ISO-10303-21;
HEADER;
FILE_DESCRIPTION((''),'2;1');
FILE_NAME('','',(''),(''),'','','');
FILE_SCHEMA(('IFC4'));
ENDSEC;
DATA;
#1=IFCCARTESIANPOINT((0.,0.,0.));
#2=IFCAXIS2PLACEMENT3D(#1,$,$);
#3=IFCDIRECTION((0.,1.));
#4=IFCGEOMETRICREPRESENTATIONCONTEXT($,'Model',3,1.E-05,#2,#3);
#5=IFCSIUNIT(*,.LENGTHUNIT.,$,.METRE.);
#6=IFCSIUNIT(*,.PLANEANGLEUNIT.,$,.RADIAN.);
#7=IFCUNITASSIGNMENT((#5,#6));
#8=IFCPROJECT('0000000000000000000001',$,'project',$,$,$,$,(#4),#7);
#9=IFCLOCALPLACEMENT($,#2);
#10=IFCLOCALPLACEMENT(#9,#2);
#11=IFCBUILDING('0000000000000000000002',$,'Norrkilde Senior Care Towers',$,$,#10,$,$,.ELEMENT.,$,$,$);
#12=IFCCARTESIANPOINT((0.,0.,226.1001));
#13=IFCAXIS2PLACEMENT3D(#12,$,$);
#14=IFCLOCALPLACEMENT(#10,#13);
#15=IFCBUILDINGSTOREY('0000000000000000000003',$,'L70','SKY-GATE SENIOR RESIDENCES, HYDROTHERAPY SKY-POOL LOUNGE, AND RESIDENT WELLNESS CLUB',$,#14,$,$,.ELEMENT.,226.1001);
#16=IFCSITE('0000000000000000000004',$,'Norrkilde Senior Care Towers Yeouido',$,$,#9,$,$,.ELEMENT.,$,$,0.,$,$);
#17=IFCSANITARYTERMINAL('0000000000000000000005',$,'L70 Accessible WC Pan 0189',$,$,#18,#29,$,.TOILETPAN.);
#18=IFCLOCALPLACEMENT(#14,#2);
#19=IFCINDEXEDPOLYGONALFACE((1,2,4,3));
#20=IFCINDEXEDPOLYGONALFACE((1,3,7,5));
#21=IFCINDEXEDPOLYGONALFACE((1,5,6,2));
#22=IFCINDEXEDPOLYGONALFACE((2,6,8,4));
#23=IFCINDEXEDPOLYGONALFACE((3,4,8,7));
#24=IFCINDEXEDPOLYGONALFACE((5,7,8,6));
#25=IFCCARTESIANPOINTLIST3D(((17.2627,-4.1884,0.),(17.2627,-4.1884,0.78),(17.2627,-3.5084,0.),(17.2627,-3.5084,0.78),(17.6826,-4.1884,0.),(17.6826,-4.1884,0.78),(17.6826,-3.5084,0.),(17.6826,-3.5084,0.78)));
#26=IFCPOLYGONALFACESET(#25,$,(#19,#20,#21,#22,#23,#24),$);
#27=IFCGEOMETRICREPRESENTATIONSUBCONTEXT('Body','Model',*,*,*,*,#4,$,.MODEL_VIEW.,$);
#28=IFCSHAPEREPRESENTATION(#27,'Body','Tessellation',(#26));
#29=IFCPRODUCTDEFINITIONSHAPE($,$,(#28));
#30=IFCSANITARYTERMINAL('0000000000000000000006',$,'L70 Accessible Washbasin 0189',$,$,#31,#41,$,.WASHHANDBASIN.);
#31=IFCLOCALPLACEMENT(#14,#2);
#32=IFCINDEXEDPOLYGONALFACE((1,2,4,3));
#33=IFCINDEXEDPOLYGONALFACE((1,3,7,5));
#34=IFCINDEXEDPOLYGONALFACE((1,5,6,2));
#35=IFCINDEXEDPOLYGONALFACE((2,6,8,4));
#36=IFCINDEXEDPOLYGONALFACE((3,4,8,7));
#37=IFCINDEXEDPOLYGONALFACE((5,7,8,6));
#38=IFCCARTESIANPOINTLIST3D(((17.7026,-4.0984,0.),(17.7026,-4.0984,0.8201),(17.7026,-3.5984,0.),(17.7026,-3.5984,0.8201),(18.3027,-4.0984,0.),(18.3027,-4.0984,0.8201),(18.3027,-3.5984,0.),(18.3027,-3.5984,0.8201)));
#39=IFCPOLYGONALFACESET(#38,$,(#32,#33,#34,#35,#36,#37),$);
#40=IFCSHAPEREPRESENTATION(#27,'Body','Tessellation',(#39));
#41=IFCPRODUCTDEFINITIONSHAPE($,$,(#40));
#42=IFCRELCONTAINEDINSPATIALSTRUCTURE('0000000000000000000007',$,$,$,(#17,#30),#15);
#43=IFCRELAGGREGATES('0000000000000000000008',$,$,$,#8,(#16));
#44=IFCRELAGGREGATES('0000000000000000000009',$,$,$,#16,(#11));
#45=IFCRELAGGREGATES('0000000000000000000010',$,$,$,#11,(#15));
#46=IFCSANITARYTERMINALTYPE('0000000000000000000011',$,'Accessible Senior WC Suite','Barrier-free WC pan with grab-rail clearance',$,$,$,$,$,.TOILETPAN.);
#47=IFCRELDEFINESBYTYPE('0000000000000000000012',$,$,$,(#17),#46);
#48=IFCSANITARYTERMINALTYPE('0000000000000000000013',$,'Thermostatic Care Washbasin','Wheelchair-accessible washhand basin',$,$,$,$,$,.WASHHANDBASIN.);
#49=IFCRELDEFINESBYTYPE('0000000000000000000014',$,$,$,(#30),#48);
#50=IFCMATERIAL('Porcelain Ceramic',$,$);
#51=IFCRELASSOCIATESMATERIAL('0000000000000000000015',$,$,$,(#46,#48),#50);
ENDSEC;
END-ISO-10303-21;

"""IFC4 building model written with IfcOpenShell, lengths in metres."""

from ifc_helpers import new_model, si_unit, direction, frame, origin, origin_2d, place, context, subcontext, project, spatial, rectangle, extrude, source, transform, mapped, material, type_object, type_shapes, element, save


model = new_model("IFC4")

# Units and contexts
model_context = context("Model", 3, precision=1e-05, world=origin(), true_north=direction((0.0, 1.0)))
body_context = subcontext(model_context, "Body", "Model", "MODEL_VIEW")
ifc_project = project(units=[si_unit("LENGTHUNIT", "METRE"), si_unit("PLANEANGLEUNIT", "RADIAN")], contexts=[model_context])

# Site, building, storey
site_placement = place(None, origin())
site = spatial("IfcSite", under=ifc_project, at=site_placement, Name="Norrkilde Senior Care Towers Yeouido", CompositionType="ELEMENT", RefElevation=0.0)
building_placement = place(site_placement, origin())
building = spatial("IfcBuilding", under=site, at=building_placement, Name="Norrkilde Senior Care Towers", CompositionType="ELEMENT")
storey_placement = place(building_placement, frame((0.0, 0.0, 226.1001)))
storey = spatial("IfcBuildingStorey", under=building, at=storey_placement, Name="L70", Description="SKY-GATE SENIOR RESIDENCES, HYDROTHERAPY SKY-POOL LOUNGE, AND RESIDENT WELLNESS CLUB", CompositionType="ELEMENT", Elevation=226.1001)

# Sanitary terminals
ifc_material_1 = material(Name="Porcelain Ceramic")
sanitary_terminal_type_1 = type_object("IfcSanitaryTerminalType", Name="Accessible Senior WC Suite", Description="Barrier-free WC pan with grab-rail clearance", PredefinedType="TOILETPAN", material=ifc_material_1)
shared_shape_1 = source(origin(), body_context, "Body", "SweptSolid", [
    extrude(rectangle(XDim=0.4199, YDim=0.6799, at=origin_2d()), origin(), (0.0, 0.0, 1.0), 0.78),
])
type_shapes(sanitary_terminal_type_1, [shared_shape_1])
sanitary_terminal_1_placement = place(storey_placement, frame((17.4727, -3.8484, 0.0), z_axis=(0.0, 0.0, 1.0), x_axis=(1.0, 0.0, 0.0)))
element("IfcSanitaryTerminal", 1, at=sanitary_terminal_1_placement, inside=storey, type_object=sanitary_terminal_type_1, Name="L70 Accessible WC Pan 0189", PredefinedType="TOILETPAN", context=body_context, shape_type="MappedRepresentation", body=[
    mapped(shared_shape_1, transform((0.0, 0.0, 0.0), x_axis=(1.0, 0.0, 0.0), y_axis=(0.0, 1.0, 0.0), z_axis=(0.0, 0.0, 1.0), scale=1.0)),
])
sanitary_terminal_type_2 = type_object("IfcSanitaryTerminalType", Name="Thermostatic Care Washbasin", Description="Wheelchair-accessible washhand basin", PredefinedType="WASHHANDBASIN", material=ifc_material_1)
shared_shape_2 = source(origin(), body_context, "Body", "SweptSolid", [
    extrude(rectangle(XDim=0.6001, YDim=0.5, at=origin_2d()), origin(), (0.0, 0.0, 1.0), 0.8201),
])
type_shapes(sanitary_terminal_type_2, [shared_shape_2])
sanitary_terminal_2_placement = place(storey_placement, frame((18.0027, -3.8484, 0.0), z_axis=(0.0, 0.0, 1.0), x_axis=(1.0, 0.0, 0.0)))
element("IfcSanitaryTerminal", 2, at=sanitary_terminal_2_placement, inside=storey, type_object=sanitary_terminal_type_2, Name="L70 Accessible Washbasin 0189", PredefinedType="WASHHANDBASIN", context=body_context, shape_type="MappedRepresentation", body=[
    mapped(shared_shape_2, transform((0.0, 0.0, 0.0), x_axis=(1.0, 0.0, 0.0), y_axis=(0.0, 1.0, 0.0), z_axis=(0.0, 0.0, 1.0), scale=1.0)),
])

save(model, "model.ifc")
